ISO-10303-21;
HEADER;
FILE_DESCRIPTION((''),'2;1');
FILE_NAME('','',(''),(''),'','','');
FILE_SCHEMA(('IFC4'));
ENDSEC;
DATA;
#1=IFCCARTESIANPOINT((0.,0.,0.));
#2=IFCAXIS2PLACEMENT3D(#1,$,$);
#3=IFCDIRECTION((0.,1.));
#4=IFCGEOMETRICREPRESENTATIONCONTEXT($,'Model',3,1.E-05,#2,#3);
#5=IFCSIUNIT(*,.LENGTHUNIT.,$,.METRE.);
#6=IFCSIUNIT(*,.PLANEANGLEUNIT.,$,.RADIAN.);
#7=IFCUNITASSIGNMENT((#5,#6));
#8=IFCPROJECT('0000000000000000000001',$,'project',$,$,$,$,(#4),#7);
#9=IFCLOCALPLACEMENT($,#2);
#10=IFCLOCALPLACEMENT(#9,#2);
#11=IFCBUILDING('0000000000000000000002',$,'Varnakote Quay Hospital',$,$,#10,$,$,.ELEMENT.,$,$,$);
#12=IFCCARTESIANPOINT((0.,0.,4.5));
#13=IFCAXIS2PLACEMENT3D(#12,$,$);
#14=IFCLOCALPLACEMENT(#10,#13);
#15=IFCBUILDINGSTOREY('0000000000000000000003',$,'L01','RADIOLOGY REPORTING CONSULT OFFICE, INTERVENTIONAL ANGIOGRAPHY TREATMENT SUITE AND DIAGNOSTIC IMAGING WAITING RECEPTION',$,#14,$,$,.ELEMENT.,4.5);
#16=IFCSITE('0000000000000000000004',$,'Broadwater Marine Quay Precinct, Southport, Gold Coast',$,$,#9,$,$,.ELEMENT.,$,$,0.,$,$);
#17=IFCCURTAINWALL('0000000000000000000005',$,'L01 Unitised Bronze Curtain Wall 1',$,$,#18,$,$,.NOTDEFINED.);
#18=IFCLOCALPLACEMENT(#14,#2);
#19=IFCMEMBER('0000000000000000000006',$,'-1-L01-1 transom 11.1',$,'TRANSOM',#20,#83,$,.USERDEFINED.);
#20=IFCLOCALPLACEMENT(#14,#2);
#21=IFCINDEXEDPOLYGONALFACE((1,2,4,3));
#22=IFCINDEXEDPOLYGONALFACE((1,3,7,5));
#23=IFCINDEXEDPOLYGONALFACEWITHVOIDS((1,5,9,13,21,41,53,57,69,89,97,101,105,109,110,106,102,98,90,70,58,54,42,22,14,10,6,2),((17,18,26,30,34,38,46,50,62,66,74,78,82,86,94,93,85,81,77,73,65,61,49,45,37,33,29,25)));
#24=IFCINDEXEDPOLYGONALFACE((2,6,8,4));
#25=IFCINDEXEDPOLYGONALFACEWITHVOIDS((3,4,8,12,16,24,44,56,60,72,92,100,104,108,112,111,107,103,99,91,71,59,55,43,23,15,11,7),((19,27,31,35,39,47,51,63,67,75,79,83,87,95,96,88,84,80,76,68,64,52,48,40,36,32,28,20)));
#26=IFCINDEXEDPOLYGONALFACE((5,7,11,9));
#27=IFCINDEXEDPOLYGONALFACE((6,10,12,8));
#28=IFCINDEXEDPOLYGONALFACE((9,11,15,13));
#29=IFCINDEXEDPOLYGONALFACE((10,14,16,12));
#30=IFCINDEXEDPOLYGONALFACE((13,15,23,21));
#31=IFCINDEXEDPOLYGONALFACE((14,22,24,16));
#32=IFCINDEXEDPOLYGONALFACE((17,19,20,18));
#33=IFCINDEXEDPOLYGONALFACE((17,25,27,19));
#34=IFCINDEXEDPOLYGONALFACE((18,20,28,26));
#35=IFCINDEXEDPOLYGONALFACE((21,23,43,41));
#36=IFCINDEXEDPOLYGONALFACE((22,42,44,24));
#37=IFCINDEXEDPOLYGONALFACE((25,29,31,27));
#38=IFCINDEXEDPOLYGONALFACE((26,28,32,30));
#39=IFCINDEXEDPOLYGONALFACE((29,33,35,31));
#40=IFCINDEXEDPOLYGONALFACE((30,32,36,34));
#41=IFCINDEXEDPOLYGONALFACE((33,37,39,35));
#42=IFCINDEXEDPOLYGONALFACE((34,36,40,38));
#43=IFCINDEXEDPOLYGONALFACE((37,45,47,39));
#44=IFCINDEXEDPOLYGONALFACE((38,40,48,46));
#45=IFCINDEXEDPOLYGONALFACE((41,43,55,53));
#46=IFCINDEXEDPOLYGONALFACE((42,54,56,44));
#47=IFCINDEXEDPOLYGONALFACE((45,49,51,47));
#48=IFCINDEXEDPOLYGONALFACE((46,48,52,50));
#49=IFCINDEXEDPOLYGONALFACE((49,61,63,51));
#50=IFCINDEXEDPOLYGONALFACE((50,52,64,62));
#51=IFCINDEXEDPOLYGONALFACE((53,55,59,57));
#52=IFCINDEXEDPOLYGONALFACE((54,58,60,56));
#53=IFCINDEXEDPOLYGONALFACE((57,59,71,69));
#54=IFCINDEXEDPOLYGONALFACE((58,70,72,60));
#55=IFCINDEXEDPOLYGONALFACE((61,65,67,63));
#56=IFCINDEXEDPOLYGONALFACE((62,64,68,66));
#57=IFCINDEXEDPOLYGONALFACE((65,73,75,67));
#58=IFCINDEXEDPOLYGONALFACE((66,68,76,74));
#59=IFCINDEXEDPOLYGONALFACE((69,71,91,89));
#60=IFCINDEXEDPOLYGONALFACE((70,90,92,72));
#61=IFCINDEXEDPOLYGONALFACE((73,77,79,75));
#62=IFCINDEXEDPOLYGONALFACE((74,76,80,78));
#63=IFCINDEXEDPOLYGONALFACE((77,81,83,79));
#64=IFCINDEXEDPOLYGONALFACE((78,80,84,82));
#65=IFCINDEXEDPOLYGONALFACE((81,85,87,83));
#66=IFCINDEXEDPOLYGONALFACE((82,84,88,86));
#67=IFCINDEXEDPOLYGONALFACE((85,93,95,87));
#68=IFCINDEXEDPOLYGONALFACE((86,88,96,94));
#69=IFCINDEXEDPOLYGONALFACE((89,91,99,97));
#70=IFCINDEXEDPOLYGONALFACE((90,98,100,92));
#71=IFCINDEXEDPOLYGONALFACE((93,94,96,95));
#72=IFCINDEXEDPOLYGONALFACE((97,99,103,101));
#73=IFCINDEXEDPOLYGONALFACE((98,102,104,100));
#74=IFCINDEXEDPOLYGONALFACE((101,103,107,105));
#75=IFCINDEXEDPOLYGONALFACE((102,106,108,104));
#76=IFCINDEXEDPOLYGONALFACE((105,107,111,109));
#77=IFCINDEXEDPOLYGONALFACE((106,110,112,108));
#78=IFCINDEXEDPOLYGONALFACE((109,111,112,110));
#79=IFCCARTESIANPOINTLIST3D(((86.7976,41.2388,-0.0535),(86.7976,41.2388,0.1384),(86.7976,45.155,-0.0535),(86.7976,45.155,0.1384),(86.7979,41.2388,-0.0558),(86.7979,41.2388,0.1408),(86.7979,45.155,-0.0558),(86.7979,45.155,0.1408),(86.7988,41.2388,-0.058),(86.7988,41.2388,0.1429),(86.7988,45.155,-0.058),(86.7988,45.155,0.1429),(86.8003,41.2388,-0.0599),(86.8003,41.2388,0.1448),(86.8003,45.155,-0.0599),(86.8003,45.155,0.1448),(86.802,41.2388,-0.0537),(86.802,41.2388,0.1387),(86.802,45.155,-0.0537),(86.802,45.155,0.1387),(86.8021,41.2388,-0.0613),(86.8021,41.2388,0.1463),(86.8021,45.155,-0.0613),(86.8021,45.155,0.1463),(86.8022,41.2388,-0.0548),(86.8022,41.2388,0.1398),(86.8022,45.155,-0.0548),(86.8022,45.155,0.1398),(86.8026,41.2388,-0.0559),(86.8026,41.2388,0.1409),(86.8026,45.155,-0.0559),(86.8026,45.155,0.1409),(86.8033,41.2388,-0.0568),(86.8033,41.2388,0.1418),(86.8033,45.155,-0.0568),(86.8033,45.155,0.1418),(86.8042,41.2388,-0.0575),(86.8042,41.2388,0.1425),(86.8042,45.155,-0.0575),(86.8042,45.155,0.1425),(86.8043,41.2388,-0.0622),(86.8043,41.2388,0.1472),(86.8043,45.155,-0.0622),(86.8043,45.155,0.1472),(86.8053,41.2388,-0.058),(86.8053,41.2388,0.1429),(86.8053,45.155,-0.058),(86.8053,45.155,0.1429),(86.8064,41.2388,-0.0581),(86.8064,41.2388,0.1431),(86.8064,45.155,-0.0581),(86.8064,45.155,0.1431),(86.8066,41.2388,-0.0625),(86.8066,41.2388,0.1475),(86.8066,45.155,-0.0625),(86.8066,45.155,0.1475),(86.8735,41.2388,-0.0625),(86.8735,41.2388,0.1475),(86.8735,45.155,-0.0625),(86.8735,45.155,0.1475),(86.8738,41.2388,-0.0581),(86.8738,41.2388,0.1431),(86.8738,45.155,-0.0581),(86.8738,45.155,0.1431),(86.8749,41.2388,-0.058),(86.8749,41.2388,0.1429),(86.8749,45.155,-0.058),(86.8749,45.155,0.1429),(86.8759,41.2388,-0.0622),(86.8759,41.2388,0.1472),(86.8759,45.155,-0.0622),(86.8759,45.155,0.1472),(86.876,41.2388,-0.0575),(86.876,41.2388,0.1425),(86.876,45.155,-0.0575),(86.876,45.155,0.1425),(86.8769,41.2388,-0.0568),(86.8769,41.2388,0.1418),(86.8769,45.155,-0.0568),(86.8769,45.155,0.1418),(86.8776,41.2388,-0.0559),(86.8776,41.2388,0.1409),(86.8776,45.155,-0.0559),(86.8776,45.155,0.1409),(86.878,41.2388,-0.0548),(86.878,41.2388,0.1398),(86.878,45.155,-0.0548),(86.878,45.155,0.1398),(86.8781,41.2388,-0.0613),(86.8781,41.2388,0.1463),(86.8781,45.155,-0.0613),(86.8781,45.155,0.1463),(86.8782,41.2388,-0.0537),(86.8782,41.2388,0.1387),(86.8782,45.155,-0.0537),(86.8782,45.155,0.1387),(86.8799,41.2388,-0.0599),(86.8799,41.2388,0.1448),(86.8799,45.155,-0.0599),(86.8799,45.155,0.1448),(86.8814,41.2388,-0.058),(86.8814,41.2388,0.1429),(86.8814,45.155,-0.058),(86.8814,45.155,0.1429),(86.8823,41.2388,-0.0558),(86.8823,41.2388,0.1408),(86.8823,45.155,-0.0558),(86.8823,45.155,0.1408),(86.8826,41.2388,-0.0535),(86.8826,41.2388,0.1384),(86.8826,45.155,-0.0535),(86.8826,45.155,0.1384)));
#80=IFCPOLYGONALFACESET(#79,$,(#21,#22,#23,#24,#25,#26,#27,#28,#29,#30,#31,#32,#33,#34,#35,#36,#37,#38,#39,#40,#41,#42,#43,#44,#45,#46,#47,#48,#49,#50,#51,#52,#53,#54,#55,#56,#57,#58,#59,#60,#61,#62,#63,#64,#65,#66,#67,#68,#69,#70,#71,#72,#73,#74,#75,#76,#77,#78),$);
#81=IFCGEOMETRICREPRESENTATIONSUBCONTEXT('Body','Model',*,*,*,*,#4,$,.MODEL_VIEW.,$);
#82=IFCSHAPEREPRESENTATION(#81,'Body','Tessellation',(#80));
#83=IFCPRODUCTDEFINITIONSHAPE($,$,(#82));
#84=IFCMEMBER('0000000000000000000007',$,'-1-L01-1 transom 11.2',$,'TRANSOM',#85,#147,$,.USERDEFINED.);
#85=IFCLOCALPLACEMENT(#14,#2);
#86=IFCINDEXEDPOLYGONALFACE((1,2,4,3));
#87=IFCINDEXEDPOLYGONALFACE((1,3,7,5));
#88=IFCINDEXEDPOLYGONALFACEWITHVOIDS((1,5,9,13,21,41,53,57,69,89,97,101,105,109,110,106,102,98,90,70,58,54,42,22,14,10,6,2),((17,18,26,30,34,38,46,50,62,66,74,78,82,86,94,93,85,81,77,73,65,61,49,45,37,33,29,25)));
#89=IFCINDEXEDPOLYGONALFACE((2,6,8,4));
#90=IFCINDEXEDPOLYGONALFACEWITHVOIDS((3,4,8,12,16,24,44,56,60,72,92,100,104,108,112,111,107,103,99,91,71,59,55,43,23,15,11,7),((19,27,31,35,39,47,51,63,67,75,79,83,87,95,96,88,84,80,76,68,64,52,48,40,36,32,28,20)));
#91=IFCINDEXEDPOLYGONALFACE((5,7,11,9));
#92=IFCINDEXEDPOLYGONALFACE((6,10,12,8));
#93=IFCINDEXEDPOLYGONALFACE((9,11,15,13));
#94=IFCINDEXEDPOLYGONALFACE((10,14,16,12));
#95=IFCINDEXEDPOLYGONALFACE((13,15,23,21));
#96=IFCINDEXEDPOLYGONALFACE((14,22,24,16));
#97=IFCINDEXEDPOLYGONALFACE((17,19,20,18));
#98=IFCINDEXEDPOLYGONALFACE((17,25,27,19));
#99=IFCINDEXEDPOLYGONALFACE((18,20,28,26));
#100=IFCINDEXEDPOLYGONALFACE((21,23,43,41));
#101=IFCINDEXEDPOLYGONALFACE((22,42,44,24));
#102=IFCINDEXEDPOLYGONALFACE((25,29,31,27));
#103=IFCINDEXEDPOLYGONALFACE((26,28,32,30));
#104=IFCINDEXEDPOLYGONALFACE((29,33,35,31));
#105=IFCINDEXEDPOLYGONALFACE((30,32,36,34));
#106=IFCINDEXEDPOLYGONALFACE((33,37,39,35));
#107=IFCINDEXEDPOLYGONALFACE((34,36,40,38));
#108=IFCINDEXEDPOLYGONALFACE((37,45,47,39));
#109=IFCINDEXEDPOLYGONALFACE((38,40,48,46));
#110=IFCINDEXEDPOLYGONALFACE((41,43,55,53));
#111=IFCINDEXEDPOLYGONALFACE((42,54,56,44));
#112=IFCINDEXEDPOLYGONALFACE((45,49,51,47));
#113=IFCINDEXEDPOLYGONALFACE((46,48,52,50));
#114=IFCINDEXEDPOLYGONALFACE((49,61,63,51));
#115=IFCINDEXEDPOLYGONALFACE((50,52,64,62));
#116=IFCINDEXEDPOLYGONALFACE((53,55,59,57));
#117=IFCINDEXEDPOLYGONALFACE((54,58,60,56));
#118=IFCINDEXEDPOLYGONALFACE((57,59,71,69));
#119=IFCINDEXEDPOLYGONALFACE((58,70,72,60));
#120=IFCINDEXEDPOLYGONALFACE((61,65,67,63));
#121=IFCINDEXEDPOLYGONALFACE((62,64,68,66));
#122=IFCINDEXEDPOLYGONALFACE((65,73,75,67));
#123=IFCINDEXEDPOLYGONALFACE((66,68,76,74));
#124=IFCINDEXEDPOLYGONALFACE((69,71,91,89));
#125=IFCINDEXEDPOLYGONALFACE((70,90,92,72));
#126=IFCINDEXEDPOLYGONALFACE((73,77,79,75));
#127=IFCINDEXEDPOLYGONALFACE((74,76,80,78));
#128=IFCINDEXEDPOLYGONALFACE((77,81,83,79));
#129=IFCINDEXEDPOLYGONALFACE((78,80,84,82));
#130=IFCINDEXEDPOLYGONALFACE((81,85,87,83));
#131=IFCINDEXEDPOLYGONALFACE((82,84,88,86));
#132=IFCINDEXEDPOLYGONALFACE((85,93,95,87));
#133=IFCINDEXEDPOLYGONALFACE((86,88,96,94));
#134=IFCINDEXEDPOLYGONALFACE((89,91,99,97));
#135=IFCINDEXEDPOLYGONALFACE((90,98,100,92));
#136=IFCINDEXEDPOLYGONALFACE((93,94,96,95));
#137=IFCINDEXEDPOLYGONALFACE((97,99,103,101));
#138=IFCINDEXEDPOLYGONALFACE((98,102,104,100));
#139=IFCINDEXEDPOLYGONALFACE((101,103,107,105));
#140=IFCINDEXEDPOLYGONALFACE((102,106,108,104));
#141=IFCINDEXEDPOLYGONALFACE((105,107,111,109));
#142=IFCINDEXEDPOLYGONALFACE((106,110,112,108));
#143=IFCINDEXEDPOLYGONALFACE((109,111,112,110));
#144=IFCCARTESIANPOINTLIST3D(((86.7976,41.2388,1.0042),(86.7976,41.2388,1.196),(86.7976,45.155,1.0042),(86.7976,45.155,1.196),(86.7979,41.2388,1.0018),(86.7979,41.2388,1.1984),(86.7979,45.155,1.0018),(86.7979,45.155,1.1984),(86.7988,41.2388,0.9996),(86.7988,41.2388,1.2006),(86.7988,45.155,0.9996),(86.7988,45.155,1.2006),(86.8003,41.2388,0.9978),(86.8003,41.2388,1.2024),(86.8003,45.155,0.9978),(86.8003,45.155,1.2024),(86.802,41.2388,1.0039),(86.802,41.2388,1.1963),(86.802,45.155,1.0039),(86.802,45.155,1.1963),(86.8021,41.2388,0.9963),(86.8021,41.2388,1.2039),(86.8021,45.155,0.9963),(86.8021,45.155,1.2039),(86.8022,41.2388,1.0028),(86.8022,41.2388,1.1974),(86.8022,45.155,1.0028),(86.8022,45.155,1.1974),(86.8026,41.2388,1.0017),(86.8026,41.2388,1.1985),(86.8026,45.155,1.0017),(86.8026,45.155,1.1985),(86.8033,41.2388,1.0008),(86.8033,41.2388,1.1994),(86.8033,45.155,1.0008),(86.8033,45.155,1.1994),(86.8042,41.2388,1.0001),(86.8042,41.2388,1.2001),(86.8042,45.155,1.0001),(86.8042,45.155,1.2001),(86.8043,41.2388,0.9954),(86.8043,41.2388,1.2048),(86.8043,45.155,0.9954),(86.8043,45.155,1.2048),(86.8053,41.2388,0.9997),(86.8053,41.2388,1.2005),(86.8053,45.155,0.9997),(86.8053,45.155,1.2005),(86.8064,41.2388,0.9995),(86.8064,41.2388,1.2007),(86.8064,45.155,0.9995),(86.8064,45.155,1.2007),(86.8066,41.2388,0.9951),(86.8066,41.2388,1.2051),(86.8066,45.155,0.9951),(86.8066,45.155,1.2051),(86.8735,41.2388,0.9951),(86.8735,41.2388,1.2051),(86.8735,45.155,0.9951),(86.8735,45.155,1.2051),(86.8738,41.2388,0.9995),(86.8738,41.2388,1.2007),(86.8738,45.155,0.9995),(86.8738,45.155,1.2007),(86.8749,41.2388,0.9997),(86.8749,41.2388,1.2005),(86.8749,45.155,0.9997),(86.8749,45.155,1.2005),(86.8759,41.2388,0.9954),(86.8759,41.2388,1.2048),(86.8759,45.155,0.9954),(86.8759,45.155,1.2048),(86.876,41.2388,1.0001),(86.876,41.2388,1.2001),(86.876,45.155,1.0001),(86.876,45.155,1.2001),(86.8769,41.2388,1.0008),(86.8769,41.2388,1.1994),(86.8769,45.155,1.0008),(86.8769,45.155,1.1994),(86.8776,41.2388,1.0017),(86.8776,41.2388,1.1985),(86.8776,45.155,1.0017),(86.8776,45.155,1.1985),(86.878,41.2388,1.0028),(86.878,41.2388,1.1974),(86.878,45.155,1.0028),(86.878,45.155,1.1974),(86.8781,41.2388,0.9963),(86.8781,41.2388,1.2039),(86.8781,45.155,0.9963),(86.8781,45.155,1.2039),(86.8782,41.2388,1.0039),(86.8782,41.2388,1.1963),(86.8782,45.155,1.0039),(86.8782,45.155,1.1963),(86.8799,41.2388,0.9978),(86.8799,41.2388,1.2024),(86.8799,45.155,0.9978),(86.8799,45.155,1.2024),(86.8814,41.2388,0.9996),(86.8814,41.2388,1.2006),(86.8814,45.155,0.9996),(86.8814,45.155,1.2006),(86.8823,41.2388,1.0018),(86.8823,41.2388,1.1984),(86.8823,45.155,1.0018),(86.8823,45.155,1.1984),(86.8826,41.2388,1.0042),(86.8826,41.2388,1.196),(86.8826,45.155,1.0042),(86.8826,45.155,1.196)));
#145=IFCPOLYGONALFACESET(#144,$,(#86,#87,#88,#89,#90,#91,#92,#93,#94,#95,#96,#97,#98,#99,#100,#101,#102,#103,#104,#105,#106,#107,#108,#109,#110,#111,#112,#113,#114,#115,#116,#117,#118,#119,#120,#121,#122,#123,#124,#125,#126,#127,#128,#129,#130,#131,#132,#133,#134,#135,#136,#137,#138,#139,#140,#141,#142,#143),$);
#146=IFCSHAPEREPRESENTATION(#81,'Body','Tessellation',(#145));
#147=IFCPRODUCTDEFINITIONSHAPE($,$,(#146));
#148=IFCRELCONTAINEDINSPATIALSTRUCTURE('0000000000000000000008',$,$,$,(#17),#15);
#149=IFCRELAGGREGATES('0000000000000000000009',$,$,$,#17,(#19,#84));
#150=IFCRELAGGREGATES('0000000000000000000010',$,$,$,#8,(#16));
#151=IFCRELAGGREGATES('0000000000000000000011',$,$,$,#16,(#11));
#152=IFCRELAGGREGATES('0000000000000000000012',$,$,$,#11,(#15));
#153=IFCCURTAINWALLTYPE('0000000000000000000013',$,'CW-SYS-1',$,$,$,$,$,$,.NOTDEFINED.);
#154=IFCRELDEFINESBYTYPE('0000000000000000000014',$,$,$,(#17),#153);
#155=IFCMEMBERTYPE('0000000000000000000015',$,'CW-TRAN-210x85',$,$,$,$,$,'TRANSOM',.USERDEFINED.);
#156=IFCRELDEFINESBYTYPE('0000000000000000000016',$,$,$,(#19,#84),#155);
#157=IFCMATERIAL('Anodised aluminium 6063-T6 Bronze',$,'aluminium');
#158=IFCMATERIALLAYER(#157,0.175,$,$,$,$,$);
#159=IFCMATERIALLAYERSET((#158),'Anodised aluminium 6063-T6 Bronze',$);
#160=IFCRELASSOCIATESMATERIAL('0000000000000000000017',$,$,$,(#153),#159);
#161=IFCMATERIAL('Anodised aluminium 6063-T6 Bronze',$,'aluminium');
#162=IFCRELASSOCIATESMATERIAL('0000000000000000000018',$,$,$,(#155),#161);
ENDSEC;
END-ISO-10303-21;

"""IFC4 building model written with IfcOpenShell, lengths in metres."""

from ifc_helpers import new_model, si_unit, direction, frame, origin, origin_2d, place, context, subcontext, project, spatial, hollow_rectangle, extrude, material, layer, layer_set, material_profile, profile_set, type_object, element, aggregate, save


model = new_model("IFC4")

# Units and contexts
model_context = context("Model", 3, precision=1e-05, world=origin(), true_north=direction((0.0, 1.0)))
body_context = subcontext(model_context, "Body", "Model", "MODEL_VIEW")
ifc_project = project(units=[si_unit("LENGTHUNIT", "METRE"), si_unit("PLANEANGLEUNIT", "RADIAN")], contexts=[model_context])

# Site, building, storey
site_placement = place(None, origin())
site = spatial("IfcSite", under=ifc_project, at=site_placement, Name="Broadwater Marine Quay Precinct, Southport, Gold Coast", CompositionType="ELEMENT", RefElevation=0.0)
building_placement = place(site_placement, origin())
building = spatial("IfcBuilding", under=site, at=building_placement, Name="Varnakote Quay Hospital", CompositionType="ELEMENT")
storey_placement = place(building_placement, frame((0.0, 0.0, 4.5)))
storey = spatial("IfcBuildingStorey", under=building, at=storey_placement, Name="L01", Description="RADIOLOGY REPORTING CONSULT OFFICE, INTERVENTIONAL ANGIOGRAPHY TREATMENT SUITE AND DIAGNOSTIC IMAGING WAITING RECEPTION", CompositionType="ELEMENT", Elevation=4.5)

# Curtain wall, members
ifc_material_1 = material(Name="Anodised aluminium 6063-T6 Bronze", Category="aluminium")
ifc_layer_1 = layer(ifc_material_1, 0.175)
ifc_layer_set_1 = layer_set([ifc_layer_1], Name="Anodised aluminium 6063-T6 Bronze")
curtain_wall_type = type_object("IfcCurtainWallType", Name="CW-SYS-1", PredefinedType="NOTDEFINED", material=ifc_layer_set_1)
curtain_wall_placement = place(storey_placement, origin())
curtain_wall = element("IfcCurtainWall", 1, at=curtain_wall_placement, inside=storey, type_object=curtain_wall_type, Name="L01 Unitised Bronze Curtain Wall 1", PredefinedType="NOTDEFINED")
ifc_material_2 = material(Name="Anodised aluminium 6063-T6 Bronze", Category="aluminium")
ifc_material_profile_1 = material_profile(ifc_material_2, hollow_rectangle(XDim=0.085, YDim=0.21, WallThickness=0.0044, InnerFilletRadius=0.0044, OuterFilletRadius=0.009, at=origin_2d()), Name="CW-TRAN-210x85")
ifc_profile_set_1 = profile_set([ifc_material_profile_1], Name="Anodised aluminium 6063-T6 Bronze")
member_type_1 = type_object("IfcMemberType", Name="CW-TRAN-210x85", ElementType="TRANSOM", PredefinedType="USERDEFINED", material=ifc_profile_set_1)
member_1_placement = place(storey_placement, frame((86.8401, 41.2388, 0.0425), z_axis=(0.0, 1.0, 0.0), x_axis=(-1.0, 0.0, 0.0)))
member_1 = element("IfcMember", 2, at=member_1_placement, type_object=member_type_1, Name="-1-L01-1 transom 11.1", ObjectType="TRANSOM", PredefinedType="USERDEFINED", context=body_context, shape_type="SweptSolid", body=[
    extrude(hollow_rectangle(XDim=0.085, YDim=0.21, WallThickness=0.0044, InnerFilletRadius=0.0044, OuterFilletRadius=0.009, at=origin_2d()), origin(), (0.0, 0.0, 1.0), 3.9163),
])
member_2_placement = place(storey_placement, frame((86.8401, 41.2388, 1.1001), z_axis=(0.0, 1.0, 0.0), x_axis=(-1.0, 0.0, 0.0)))
member_2 = element("IfcMember", 3, at=member_2_placement, type_object=member_type_1, Name="-1-L01-1 transom 11.2", ObjectType="TRANSOM", PredefinedType="USERDEFINED", context=body_context, shape_type="SweptSolid", body=[
    extrude(hollow_rectangle(XDim=0.085, YDim=0.21, WallThickness=0.0044, InnerFilletRadius=0.0044, OuterFilletRadius=0.009, at=origin_2d()), origin(), (0.0, 0.0, 1.0), 3.9163),
])

aggregate(curtain_wall, [member_1, member_2])

save(model, "model.ifc")
